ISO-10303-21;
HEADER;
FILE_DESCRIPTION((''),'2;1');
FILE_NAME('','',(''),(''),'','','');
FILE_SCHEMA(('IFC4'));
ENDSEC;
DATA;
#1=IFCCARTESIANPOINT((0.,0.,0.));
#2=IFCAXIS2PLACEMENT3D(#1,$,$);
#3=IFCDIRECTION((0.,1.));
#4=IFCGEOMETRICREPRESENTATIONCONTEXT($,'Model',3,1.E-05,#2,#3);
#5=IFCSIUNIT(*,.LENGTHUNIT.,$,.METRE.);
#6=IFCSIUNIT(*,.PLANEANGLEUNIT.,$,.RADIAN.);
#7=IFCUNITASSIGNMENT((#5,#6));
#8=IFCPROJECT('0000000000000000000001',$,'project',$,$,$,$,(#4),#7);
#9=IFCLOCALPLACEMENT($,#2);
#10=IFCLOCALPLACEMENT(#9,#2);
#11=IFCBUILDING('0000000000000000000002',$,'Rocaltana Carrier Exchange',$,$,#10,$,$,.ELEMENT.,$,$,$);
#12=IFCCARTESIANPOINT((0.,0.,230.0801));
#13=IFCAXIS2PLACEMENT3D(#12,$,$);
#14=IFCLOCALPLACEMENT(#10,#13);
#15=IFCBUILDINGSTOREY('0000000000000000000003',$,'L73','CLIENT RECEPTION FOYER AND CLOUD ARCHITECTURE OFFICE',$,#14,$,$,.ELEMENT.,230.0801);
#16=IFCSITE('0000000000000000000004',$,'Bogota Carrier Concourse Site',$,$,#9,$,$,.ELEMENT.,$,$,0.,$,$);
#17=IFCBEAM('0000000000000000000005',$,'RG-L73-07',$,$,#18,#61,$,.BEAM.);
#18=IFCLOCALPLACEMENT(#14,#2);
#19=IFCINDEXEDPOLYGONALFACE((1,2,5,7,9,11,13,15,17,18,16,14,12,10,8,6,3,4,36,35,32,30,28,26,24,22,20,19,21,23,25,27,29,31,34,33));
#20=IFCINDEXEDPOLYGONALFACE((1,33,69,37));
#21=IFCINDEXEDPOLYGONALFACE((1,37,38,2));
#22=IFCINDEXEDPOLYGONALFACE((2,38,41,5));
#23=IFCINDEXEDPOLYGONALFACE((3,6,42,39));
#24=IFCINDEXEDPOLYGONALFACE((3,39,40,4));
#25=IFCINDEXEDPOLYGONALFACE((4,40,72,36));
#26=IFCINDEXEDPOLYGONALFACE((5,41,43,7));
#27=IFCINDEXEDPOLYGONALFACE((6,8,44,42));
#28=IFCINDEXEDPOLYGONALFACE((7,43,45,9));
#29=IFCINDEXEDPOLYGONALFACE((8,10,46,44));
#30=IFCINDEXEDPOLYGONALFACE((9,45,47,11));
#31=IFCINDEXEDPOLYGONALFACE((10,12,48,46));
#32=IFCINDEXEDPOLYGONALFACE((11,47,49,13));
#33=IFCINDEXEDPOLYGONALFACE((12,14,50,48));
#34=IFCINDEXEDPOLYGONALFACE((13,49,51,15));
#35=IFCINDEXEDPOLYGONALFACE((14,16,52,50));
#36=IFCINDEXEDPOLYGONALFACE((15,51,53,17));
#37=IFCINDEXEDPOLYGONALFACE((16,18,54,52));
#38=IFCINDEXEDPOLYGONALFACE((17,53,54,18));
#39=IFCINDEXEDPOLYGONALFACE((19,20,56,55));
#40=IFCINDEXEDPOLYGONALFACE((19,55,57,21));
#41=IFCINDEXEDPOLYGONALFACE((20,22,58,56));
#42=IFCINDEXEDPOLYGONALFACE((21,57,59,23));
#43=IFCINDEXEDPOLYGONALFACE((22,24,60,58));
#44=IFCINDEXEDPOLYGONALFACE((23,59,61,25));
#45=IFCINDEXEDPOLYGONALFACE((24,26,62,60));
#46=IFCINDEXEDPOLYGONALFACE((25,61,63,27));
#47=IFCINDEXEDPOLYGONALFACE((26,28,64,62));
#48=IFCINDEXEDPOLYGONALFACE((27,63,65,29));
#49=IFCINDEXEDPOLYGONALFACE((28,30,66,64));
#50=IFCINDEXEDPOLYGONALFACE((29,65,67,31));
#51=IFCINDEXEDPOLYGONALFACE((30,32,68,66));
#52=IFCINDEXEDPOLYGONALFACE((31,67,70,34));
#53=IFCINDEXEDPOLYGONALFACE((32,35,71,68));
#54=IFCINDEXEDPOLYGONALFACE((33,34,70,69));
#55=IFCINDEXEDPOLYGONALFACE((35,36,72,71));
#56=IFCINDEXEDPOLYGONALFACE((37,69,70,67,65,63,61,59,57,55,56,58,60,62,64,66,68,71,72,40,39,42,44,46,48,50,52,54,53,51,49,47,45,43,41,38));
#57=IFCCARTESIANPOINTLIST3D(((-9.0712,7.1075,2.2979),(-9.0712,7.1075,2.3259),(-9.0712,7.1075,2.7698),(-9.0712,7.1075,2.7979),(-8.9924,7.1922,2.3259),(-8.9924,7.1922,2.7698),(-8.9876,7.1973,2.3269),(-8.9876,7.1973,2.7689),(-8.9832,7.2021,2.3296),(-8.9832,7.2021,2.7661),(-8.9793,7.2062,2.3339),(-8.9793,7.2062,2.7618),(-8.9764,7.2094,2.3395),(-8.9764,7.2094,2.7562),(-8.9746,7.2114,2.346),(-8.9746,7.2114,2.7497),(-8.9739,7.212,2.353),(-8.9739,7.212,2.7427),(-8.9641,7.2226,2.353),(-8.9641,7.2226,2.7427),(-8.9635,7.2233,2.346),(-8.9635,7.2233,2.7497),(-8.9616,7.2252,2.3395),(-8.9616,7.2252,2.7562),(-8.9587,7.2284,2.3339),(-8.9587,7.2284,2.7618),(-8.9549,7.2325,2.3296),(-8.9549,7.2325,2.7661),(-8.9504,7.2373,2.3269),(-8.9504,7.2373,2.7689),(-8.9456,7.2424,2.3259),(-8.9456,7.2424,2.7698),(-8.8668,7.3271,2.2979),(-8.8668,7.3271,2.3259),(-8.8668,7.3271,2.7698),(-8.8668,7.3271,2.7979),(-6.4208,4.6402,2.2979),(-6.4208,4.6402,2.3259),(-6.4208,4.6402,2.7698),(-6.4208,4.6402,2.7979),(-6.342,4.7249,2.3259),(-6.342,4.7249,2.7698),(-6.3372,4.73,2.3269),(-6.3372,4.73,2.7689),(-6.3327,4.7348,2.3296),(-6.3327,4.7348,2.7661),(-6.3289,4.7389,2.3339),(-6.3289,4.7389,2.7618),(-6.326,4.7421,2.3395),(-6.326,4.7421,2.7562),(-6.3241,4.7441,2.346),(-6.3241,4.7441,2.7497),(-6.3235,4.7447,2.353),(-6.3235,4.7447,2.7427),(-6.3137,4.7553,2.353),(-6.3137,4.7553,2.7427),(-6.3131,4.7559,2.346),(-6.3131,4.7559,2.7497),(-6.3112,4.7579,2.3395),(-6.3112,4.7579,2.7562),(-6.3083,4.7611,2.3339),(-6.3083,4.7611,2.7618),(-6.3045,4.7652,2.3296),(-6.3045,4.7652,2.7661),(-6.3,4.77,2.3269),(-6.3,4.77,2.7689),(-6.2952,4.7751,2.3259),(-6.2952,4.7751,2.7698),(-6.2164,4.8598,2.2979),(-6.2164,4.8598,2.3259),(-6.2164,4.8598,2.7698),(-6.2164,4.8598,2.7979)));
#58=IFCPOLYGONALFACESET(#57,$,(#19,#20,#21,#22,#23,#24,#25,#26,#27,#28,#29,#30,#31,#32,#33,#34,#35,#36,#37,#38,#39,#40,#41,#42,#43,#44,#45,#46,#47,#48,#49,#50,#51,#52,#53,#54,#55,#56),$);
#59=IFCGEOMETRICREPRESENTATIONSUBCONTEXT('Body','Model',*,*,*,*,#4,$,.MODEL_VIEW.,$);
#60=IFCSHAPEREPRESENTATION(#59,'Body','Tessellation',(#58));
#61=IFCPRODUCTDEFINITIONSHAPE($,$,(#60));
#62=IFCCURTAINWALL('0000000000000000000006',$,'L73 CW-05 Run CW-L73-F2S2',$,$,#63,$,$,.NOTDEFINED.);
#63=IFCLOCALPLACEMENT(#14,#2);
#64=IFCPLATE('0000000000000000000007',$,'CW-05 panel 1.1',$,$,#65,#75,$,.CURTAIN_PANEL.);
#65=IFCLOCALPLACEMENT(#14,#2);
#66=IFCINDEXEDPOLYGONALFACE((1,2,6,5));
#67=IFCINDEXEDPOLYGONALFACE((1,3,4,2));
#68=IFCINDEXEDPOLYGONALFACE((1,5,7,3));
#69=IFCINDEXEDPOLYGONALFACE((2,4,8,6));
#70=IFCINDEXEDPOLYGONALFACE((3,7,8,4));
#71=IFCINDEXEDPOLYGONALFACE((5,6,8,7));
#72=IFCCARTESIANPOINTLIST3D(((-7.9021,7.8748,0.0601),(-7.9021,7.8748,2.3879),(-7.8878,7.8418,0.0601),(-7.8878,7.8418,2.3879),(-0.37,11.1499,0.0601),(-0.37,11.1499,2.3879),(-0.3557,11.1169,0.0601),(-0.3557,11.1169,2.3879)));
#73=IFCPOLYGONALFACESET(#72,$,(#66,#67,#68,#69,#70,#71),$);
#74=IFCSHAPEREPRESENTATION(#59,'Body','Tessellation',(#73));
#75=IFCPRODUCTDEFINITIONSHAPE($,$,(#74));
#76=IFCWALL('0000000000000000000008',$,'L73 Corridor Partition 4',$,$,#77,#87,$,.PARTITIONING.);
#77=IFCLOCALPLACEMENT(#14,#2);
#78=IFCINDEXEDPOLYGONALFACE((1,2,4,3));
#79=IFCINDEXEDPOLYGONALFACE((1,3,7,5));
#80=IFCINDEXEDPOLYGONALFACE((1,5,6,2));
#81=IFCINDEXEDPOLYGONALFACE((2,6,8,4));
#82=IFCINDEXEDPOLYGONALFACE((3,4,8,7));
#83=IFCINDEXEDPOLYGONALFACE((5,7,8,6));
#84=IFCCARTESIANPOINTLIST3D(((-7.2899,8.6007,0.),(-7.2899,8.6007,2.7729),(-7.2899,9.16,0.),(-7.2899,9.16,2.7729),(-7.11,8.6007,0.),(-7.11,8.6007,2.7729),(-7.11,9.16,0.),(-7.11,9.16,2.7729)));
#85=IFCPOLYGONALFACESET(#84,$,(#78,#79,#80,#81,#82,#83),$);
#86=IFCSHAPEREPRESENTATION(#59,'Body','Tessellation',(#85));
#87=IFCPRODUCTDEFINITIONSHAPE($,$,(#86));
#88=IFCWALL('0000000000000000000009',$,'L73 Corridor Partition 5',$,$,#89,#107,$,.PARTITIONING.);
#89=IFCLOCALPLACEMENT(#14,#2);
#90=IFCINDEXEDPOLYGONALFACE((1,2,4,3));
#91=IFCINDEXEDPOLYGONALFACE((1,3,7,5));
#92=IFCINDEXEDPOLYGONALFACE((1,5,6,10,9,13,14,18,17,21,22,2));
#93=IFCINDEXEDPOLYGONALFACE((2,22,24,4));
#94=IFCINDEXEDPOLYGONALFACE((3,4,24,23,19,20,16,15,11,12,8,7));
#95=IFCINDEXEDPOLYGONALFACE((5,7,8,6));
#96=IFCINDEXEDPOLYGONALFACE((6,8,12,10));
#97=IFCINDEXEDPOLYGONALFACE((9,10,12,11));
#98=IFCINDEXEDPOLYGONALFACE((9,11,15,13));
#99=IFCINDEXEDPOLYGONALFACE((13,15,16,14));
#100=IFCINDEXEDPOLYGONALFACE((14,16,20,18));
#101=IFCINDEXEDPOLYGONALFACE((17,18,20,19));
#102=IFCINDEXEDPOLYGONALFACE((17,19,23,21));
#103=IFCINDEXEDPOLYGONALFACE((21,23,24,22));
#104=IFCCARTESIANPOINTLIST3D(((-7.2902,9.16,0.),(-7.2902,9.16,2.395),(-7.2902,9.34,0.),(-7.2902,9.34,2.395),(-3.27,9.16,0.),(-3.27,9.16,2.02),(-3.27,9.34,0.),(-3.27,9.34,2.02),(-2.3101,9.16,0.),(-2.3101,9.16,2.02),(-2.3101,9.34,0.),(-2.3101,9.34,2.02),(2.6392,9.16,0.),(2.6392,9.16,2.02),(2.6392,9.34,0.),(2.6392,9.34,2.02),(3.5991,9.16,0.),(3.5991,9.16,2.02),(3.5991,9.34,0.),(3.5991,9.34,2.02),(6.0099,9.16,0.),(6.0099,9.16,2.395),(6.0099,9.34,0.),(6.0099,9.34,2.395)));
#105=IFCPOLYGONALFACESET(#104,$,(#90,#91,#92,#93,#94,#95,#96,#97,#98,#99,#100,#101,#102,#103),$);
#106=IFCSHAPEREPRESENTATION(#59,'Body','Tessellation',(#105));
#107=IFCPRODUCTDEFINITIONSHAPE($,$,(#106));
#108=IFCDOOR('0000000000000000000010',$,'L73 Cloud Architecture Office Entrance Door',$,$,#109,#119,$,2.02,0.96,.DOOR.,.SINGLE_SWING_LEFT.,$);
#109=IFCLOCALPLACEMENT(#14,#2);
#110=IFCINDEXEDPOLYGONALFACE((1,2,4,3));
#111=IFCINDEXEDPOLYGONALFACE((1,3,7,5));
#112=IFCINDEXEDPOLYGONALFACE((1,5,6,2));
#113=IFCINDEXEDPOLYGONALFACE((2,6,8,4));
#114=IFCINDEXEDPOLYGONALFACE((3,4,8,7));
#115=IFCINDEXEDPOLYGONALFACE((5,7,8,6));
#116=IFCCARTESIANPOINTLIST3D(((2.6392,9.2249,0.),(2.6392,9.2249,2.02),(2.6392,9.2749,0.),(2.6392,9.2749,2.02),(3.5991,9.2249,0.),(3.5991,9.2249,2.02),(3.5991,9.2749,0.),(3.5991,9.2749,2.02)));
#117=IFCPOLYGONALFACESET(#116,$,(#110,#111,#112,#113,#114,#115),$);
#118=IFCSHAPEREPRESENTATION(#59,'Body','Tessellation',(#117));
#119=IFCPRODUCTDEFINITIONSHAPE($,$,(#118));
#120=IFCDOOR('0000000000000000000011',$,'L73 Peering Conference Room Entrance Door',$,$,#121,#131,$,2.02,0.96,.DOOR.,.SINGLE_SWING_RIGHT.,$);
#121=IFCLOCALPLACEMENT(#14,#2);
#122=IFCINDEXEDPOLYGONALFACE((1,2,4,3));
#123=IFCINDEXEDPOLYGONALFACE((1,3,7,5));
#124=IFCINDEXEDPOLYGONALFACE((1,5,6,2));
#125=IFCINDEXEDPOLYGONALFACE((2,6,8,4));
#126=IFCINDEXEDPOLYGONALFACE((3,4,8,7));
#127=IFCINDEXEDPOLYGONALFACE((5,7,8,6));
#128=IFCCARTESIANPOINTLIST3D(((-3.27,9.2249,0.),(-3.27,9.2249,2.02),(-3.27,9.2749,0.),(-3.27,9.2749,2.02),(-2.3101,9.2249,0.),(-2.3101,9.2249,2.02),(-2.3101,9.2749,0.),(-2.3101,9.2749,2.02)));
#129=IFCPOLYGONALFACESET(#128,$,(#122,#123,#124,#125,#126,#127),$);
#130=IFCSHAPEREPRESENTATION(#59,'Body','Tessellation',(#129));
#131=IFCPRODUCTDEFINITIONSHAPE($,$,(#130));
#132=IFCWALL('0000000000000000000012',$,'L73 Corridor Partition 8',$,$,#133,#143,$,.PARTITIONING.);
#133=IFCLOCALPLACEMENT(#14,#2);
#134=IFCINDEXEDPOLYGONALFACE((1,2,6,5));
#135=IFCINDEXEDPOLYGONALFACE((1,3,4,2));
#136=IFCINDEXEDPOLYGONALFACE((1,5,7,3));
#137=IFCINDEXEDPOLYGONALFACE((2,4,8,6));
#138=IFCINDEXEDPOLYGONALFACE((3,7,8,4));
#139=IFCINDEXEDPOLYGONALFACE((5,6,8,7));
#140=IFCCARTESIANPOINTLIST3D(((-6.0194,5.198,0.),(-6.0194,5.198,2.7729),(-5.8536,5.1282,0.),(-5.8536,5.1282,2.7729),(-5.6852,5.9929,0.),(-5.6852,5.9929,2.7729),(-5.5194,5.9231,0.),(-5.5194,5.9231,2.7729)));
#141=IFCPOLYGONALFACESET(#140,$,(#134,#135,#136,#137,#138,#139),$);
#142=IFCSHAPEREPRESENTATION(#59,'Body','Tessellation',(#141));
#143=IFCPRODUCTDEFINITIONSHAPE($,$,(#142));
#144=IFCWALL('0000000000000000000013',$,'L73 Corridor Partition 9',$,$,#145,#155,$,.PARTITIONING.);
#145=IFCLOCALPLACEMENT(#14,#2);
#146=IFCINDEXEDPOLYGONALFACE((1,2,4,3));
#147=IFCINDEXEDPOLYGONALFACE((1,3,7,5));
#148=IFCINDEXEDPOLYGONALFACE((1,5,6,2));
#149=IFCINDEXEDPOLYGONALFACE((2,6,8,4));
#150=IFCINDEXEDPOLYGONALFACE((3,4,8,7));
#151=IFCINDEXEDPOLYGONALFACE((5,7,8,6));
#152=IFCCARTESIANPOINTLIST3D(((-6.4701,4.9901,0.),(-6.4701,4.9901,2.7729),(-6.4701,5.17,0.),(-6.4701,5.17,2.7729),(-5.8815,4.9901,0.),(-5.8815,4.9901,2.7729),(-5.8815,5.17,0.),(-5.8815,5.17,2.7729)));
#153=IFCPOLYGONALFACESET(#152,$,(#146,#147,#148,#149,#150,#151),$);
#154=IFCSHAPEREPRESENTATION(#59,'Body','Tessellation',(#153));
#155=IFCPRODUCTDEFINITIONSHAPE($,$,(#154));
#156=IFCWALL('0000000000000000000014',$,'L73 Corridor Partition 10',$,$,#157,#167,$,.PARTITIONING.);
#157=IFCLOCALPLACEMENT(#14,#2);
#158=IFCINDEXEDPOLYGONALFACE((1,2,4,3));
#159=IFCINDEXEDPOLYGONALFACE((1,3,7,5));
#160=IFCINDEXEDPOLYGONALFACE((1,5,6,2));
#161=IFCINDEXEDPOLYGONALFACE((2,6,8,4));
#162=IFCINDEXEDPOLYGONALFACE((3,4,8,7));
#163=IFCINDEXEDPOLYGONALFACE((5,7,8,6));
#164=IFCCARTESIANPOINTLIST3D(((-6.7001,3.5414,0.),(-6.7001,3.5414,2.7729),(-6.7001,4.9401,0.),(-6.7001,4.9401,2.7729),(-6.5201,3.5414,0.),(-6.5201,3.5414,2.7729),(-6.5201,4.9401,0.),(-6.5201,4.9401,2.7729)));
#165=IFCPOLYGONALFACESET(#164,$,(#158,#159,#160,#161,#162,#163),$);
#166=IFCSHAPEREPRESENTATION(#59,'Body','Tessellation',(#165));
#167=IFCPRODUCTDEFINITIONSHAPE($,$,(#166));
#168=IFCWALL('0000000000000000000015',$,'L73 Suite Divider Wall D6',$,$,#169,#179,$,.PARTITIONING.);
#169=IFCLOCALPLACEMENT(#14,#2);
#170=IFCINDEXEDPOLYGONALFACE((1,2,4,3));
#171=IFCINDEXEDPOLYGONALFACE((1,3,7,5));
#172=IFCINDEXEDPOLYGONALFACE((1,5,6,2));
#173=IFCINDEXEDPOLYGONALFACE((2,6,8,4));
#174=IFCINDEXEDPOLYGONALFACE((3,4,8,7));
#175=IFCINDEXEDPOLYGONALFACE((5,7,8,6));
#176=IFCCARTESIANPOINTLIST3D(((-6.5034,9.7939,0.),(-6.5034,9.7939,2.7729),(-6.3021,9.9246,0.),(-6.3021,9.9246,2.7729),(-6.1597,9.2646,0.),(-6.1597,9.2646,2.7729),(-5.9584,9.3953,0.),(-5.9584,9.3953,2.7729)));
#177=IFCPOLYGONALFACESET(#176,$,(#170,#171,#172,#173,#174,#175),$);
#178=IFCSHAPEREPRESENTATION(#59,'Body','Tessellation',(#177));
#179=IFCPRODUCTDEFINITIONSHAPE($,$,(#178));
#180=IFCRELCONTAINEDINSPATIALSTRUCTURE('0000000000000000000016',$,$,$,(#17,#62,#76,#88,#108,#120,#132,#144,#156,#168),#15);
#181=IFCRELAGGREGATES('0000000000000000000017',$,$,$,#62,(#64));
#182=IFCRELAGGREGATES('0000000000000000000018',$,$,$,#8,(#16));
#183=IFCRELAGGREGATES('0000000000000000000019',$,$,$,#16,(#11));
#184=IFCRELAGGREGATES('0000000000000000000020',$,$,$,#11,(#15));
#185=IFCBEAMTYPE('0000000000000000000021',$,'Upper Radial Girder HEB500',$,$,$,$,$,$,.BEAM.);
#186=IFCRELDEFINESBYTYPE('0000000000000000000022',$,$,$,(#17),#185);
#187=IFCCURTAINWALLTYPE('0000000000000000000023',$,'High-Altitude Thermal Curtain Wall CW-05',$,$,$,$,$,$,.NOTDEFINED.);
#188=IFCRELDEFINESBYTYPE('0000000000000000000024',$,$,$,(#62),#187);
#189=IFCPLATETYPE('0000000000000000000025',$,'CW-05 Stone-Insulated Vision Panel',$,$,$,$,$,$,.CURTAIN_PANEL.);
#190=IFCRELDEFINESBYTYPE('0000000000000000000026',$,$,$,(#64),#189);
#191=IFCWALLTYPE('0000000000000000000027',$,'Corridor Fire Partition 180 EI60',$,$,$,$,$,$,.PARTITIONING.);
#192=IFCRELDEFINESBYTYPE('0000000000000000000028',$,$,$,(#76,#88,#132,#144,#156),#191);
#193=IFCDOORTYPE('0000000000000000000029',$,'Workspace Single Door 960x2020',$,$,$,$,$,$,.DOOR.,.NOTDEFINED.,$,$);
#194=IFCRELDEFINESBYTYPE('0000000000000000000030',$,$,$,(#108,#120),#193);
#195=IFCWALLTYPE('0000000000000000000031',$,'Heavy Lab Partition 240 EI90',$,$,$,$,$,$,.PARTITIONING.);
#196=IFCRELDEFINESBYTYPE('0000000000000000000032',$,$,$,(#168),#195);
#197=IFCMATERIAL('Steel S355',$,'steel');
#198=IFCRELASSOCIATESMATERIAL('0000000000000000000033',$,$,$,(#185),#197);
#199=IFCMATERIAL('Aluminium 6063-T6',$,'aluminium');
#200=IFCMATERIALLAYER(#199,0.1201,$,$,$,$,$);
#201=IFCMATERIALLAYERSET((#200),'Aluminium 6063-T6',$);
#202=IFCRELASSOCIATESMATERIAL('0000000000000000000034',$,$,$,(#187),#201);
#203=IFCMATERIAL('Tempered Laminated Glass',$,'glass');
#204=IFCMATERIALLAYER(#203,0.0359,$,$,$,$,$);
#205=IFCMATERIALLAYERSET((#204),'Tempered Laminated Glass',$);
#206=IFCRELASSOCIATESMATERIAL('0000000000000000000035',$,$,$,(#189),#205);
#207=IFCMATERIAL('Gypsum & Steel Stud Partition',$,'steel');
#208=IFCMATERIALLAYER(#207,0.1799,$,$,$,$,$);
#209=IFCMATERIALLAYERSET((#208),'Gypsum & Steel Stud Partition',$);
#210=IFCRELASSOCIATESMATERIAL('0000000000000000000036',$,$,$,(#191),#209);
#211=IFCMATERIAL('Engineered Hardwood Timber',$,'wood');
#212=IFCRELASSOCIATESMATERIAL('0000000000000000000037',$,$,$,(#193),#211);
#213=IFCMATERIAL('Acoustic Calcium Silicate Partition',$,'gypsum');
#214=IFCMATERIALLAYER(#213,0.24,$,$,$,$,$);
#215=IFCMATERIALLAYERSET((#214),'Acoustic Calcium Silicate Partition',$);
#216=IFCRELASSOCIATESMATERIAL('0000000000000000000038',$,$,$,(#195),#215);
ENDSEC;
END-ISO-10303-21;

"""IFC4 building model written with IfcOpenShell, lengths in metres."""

from ifc_helpers import new_model, si_unit, direction, frame, frame_2d, origin, origin_2d, place, context, subcontext, project, spatial, rectangle, i_section, extrude, material, layer, layer_set, material_profile, profile_set, type_object, element, fill, aggregate, save


model = new_model("IFC4")

# Units and contexts
model_context = context("Model", 3, precision=1e-05, world=origin(), true_north=direction((0.0, 1.0)))
body_context = subcontext(model_context, "Body", "Model", "MODEL_VIEW")
ifc_project = project(units=[si_unit("LENGTHUNIT", "METRE"), si_unit("PLANEANGLEUNIT", "RADIAN")], contexts=[model_context])

# Site, building, storey
site_placement = place(None, origin())
site = spatial("IfcSite", under=ifc_project, at=site_placement, Name="Bogota Carrier Concourse Site", CompositionType="ELEMENT", RefElevation=0.0)
building_placement = place(site_placement, origin())
building = spatial("IfcBuilding", under=site, at=building_placement, Name="Rocaltana Carrier Exchange", CompositionType="ELEMENT")
storey_placement = place(building_placement, frame((0.0, 0.0, 230.0801)))
storey = spatial("IfcBuildingStorey", under=building, at=storey_placement, Name="L73", Description="CLIENT RECEPTION FOYER AND CLOUD ARCHITECTURE OFFICE", CompositionType="ELEMENT", Elevation=230.0801)

# Beam
ifc_material_1 = material(Name="Steel S355", Category="steel")
ifc_material_profile_1 = material_profile(ifc_material_1, i_section(OverallWidth=0.3, OverallDepth=0.5, WebThickness=0.0144, FlangeThickness=0.0281, FilletRadius=0.0271, at=origin_2d()), Name="HEB500")
ifc_profile_set_1 = profile_set([ifc_material_profile_1], Name="Steel S355")
beam_type_1 = type_object("IfcBeamType", Name="Upper Radial Girder HEB500", PredefinedType="BEAM", material=ifc_profile_set_1)
beam_1_placement = place(storey_placement, frame((-6.3186, 4.75, 2.5479), z_axis=(-0.731938, 0.681371, 0.0), x_axis=(-0.681371, -0.731938, 0.0)))
element("IfcBeam", 1, at=beam_1_placement, inside=storey, type_object=beam_type_1, Name="RG-L73-07", PredefinedType="BEAM", context=body_context, shape_type="SweptSolid", body=[
    extrude(i_section(OverallWidth=0.3, OverallDepth=0.5, WebThickness=0.0144, FlangeThickness=0.0281, FilletRadius=0.0271, at=origin_2d()), origin(), (0.0, 0.0, 1.0), 3.6211),
])

# Curtain wall, plate
ifc_material_2 = material(Name="Aluminium 6063-T6", Category="aluminium")
ifc_layer_1 = layer(ifc_material_2, 0.1201)
ifc_layer_set_1 = layer_set([ifc_layer_1], Name="Aluminium 6063-T6")
curtain_wall_type = type_object("IfcCurtainWallType", Name="High-Altitude Thermal Curtain Wall CW-05", PredefinedType="NOTDEFINED", material=ifc_layer_set_1)
curtain_wall_placement = place(storey_placement, origin())
curtain_wall = element("IfcCurtainWall", 2, at=curtain_wall_placement, inside=storey, type_object=curtain_wall_type, Name="L73 CW-05 Run CW-L73-F2S2", PredefinedType="NOTDEFINED")
ifc_material_3 = material(Name="Tempered Laminated Glass", Category="glass")
ifc_layer_2 = layer(ifc_material_3, 0.0359)
ifc_layer_set_2 = layer_set([ifc_layer_2], Name="Tempered Laminated Glass")
plate_type = type_object("IfcPlateType", Name="CW-05 Stone-Insulated Vision Panel", PredefinedType="CURTAIN_PANEL", material=ifc_layer_set_2)
plate_placement = place(storey_placement, frame((-4.1289, 9.4958, 0.0601), z_axis=(0.0, 0.0, 1.0), x_axis=(-0.917059, -0.398752, 0.0)))
plate = element("IfcPlate", 3, at=plate_placement, type_object=plate_type, Name="CW-05 panel 1.1", PredefinedType="CURTAIN_PANEL", context=body_context, shape_type="SweptSolid", body=[
    extrude(rectangle(XDim=8.2134, YDim=0.0359, at=origin_2d()), origin(), (0.0, 0.0, 1.0), 2.3279),
])
aggregate(curtain_wall, [plate])

# Wall
ifc_material_4 = material(Name="Gypsum & Steel Stud Partition", Category="steel")
ifc_layer_3 = layer(ifc_material_4, 0.1799)
ifc_layer_set_3 = layer_set([ifc_layer_3], Name="Gypsum & Steel Stud Partition")
wall_type_1 = type_object("IfcWallType", Name="Corridor Fire Partition 180 EI60", PredefinedType="PARTITIONING", material=ifc_layer_set_3)
wall_1_placement = place(storey_placement, frame((-7.2, 8.6006, 0.0), z_axis=(0.0, 0.0, 1.0), x_axis=(0.0, 1.0, 0.0)))
element("IfcWall", 4, at=wall_1_placement, inside=storey, type_object=wall_type_1, Name="L73 Corridor Partition 4", PredefinedType="PARTITIONING", context=body_context, shape_type="SweptSolid", body=[
    extrude(rectangle(XDim=0.5593, YDim=0.1799, at=frame_2d((0.2798, 0.0))), origin(), (0.0, 0.0, 1.0), 2.7729),
])

# Wall, openings, doors
wall_2_placement = place(storey_placement, frame((-7.29, 9.25, 0.0), z_axis=(0.0, 0.0, 1.0), x_axis=(1.0, 0.0, 0.0)))
wall_2 = element("IfcWall", 5, at=wall_2_placement, inside=storey, type_object=wall_type_1, Name="L73 Corridor Partition 5", PredefinedType="PARTITIONING", context=body_context, shape_type="SweptSolid", body=[
    extrude(rectangle(XDim=13.3, YDim=0.1799, at=frame_2d((6.6499, 0.0))), origin(), (0.0, 0.0, 1.0), 2.395),
])
opening_1_placement = place(wall_2_placement, frame((9.9292, 0.0, 0.0)))
opening_1 = element("IfcOpeningElement", 6, at=opening_1_placement, cuts=wall_2, PredefinedType="OPENING", context=body_context, shape_type="SweptSolid", body=[
    extrude(rectangle(XDim=0.96, YDim=2.02, at=frame_2d((0.48, 1.01))), frame((0.0, 0.0999, 0.0), z_axis=(0.0, -1.0, 0.0), x_axis=(1.0, 0.0, 0.0)), (0.0, 0.0, 1.0), 0.2),
])
opening_2_placement = place(wall_2_placement, frame((4.02, 0.0, 0.0)))
opening_2 = element("IfcOpeningElement", 7, at=opening_2_placement, cuts=wall_2, PredefinedType="OPENING", context=body_context, shape_type="SweptSolid", body=[
    extrude(rectangle(XDim=0.96, YDim=2.02, at=frame_2d((0.48, 1.01))), frame((0.0, 0.0999, 0.0), z_axis=(0.0, -1.0, 0.0), x_axis=(1.0, 0.0, 0.0)), (0.0, 0.0, 1.0), 0.2),
])
ifc_material_5 = material(Name="Engineered Hardwood Timber", Category="wood")
door_type_1 = type_object("IfcDoorType", Name="Workspace Single Door 960x2020", OperationType="NOTDEFINED", PredefinedType="DOOR", material=ifc_material_5)
door_1_placement = place(opening_1_placement, origin())
door_1 = element("IfcDoor", 8, at=door_1_placement, inside=storey, type_object=door_type_1, Name="L73 Cloud Architecture Office Entrance Door", OperationType="SINGLE_SWING_LEFT", OverallHeight=2.02, OverallWidth=0.96, PredefinedType="DOOR", context=body_context, shape_type="SweptSolid", body=[
    extrude(rectangle(XDim=0.96, YDim=2.02, at=frame_2d((0.48, 1.01))), frame((0.0, 0.0249, 0.0), z_axis=(0.0, -1.0, 0.0), x_axis=(1.0, 0.0, 0.0)), (0.0, 0.0, 1.0), 0.05),
])
fill(opening_1, door_1)
door_2_placement = place(opening_2_placement, origin())
door_2 = element("IfcDoor", 9, at=door_2_placement, inside=storey, type_object=door_type_1, Name="L73 Peering Conference Room Entrance Door", OperationType="SINGLE_SWING_RIGHT", OverallHeight=2.02, OverallWidth=0.96, PredefinedType="DOOR", context=body_context, shape_type="SweptSolid", body=[
    extrude(rectangle(XDim=0.96, YDim=2.02, at=frame_2d((0.48, 1.01))), frame((0.0, 0.0249, 0.0), z_axis=(0.0, -1.0, 0.0), x_axis=(1.0, 0.0, 0.0)), (0.0, 0.0, 1.0), 0.05),
])
fill(opening_2, door_2)

# Walls
wall_3_placement = place(storey_placement, frame((-5.6023, 5.958, 0.0), z_axis=(0.0, 0.0, 1.0), x_axis=(-0.387589, -0.921832, 0.0)))
element("IfcWall", 10, at=wall_3_placement, inside=storey, type_object=wall_type_1, Name="L73 Corridor Partition 8", PredefinedType="PARTITIONING", context=body_context, shape_type="SweptSolid", body=[
    extrude(rectangle(XDim=0.8623, YDim=0.1799, at=frame_2d((0.4312, 0.0))), origin(), (0.0, 0.0, 1.0), 2.7729),
])
wall_4_placement = place(storey_placement, frame((-5.8813, 5.0801, 0.0), z_axis=(0.0, 0.0, 1.0), x_axis=(-1.0, 0.0, 0.0)))
element("IfcWall", 11, at=wall_4_placement, inside=storey, type_object=wall_type_1, Name="L73 Corridor Partition 9", PredefinedType="PARTITIONING", context=body_context, shape_type="SweptSolid", body=[
    extrude(rectangle(XDim=0.5886, YDim=0.1799, at=frame_2d((0.2944, 0.0))), origin(), (0.0, 0.0, 1.0), 2.7729),
])
wall_5_placement = place(storey_placement, frame((-6.6101, 4.9399, 0.0), z_axis=(0.0, 0.0, 1.0), x_axis=(0.0, -1.0, 0.0)))
element("IfcWall", 12, at=wall_5_placement, inside=storey, type_object=wall_type_1, Name="L73 Corridor Partition 10", PredefinedType="PARTITIONING", context=body_context, shape_type="SweptSolid", body=[
    extrude(rectangle(XDim=1.3987, YDim=0.1799, at=frame_2d((0.6992, 0.0))), origin(), (0.0, 0.0, 1.0), 2.7729),
])
ifc_material_6 = material(Name="Acoustic Calcium Silicate Partition", Category="gypsum")
ifc_layer_4 = layer(ifc_material_6, 0.24)
ifc_layer_set_4 = layer_set([ifc_layer_4], Name="Acoustic Calcium Silicate Partition")
wall_type_2 = type_object("IfcWallType", Name="Heavy Lab Partition 240 EI90", PredefinedType="PARTITIONING", material=ifc_layer_set_4)
wall_6_placement = place(storey_placement, frame((-6.0591, 9.3301, 0.0), z_axis=(0.0, 0.0, 1.0), x_axis=(-0.544662, 0.838656, 0.0)))
element("IfcWall", 13, at=wall_6_placement, inside=storey, type_object=wall_type_2, Name="L73 Suite Divider Wall D6", PredefinedType="PARTITIONING", context=body_context, shape_type="SweptSolid", body=[
    extrude(rectangle(XDim=0.6311, YDim=0.24, at=frame_2d((0.3154, 0.0))), origin(), (0.0, 0.0, 1.0), 2.7729),
])

save(model, "model.ifc")
